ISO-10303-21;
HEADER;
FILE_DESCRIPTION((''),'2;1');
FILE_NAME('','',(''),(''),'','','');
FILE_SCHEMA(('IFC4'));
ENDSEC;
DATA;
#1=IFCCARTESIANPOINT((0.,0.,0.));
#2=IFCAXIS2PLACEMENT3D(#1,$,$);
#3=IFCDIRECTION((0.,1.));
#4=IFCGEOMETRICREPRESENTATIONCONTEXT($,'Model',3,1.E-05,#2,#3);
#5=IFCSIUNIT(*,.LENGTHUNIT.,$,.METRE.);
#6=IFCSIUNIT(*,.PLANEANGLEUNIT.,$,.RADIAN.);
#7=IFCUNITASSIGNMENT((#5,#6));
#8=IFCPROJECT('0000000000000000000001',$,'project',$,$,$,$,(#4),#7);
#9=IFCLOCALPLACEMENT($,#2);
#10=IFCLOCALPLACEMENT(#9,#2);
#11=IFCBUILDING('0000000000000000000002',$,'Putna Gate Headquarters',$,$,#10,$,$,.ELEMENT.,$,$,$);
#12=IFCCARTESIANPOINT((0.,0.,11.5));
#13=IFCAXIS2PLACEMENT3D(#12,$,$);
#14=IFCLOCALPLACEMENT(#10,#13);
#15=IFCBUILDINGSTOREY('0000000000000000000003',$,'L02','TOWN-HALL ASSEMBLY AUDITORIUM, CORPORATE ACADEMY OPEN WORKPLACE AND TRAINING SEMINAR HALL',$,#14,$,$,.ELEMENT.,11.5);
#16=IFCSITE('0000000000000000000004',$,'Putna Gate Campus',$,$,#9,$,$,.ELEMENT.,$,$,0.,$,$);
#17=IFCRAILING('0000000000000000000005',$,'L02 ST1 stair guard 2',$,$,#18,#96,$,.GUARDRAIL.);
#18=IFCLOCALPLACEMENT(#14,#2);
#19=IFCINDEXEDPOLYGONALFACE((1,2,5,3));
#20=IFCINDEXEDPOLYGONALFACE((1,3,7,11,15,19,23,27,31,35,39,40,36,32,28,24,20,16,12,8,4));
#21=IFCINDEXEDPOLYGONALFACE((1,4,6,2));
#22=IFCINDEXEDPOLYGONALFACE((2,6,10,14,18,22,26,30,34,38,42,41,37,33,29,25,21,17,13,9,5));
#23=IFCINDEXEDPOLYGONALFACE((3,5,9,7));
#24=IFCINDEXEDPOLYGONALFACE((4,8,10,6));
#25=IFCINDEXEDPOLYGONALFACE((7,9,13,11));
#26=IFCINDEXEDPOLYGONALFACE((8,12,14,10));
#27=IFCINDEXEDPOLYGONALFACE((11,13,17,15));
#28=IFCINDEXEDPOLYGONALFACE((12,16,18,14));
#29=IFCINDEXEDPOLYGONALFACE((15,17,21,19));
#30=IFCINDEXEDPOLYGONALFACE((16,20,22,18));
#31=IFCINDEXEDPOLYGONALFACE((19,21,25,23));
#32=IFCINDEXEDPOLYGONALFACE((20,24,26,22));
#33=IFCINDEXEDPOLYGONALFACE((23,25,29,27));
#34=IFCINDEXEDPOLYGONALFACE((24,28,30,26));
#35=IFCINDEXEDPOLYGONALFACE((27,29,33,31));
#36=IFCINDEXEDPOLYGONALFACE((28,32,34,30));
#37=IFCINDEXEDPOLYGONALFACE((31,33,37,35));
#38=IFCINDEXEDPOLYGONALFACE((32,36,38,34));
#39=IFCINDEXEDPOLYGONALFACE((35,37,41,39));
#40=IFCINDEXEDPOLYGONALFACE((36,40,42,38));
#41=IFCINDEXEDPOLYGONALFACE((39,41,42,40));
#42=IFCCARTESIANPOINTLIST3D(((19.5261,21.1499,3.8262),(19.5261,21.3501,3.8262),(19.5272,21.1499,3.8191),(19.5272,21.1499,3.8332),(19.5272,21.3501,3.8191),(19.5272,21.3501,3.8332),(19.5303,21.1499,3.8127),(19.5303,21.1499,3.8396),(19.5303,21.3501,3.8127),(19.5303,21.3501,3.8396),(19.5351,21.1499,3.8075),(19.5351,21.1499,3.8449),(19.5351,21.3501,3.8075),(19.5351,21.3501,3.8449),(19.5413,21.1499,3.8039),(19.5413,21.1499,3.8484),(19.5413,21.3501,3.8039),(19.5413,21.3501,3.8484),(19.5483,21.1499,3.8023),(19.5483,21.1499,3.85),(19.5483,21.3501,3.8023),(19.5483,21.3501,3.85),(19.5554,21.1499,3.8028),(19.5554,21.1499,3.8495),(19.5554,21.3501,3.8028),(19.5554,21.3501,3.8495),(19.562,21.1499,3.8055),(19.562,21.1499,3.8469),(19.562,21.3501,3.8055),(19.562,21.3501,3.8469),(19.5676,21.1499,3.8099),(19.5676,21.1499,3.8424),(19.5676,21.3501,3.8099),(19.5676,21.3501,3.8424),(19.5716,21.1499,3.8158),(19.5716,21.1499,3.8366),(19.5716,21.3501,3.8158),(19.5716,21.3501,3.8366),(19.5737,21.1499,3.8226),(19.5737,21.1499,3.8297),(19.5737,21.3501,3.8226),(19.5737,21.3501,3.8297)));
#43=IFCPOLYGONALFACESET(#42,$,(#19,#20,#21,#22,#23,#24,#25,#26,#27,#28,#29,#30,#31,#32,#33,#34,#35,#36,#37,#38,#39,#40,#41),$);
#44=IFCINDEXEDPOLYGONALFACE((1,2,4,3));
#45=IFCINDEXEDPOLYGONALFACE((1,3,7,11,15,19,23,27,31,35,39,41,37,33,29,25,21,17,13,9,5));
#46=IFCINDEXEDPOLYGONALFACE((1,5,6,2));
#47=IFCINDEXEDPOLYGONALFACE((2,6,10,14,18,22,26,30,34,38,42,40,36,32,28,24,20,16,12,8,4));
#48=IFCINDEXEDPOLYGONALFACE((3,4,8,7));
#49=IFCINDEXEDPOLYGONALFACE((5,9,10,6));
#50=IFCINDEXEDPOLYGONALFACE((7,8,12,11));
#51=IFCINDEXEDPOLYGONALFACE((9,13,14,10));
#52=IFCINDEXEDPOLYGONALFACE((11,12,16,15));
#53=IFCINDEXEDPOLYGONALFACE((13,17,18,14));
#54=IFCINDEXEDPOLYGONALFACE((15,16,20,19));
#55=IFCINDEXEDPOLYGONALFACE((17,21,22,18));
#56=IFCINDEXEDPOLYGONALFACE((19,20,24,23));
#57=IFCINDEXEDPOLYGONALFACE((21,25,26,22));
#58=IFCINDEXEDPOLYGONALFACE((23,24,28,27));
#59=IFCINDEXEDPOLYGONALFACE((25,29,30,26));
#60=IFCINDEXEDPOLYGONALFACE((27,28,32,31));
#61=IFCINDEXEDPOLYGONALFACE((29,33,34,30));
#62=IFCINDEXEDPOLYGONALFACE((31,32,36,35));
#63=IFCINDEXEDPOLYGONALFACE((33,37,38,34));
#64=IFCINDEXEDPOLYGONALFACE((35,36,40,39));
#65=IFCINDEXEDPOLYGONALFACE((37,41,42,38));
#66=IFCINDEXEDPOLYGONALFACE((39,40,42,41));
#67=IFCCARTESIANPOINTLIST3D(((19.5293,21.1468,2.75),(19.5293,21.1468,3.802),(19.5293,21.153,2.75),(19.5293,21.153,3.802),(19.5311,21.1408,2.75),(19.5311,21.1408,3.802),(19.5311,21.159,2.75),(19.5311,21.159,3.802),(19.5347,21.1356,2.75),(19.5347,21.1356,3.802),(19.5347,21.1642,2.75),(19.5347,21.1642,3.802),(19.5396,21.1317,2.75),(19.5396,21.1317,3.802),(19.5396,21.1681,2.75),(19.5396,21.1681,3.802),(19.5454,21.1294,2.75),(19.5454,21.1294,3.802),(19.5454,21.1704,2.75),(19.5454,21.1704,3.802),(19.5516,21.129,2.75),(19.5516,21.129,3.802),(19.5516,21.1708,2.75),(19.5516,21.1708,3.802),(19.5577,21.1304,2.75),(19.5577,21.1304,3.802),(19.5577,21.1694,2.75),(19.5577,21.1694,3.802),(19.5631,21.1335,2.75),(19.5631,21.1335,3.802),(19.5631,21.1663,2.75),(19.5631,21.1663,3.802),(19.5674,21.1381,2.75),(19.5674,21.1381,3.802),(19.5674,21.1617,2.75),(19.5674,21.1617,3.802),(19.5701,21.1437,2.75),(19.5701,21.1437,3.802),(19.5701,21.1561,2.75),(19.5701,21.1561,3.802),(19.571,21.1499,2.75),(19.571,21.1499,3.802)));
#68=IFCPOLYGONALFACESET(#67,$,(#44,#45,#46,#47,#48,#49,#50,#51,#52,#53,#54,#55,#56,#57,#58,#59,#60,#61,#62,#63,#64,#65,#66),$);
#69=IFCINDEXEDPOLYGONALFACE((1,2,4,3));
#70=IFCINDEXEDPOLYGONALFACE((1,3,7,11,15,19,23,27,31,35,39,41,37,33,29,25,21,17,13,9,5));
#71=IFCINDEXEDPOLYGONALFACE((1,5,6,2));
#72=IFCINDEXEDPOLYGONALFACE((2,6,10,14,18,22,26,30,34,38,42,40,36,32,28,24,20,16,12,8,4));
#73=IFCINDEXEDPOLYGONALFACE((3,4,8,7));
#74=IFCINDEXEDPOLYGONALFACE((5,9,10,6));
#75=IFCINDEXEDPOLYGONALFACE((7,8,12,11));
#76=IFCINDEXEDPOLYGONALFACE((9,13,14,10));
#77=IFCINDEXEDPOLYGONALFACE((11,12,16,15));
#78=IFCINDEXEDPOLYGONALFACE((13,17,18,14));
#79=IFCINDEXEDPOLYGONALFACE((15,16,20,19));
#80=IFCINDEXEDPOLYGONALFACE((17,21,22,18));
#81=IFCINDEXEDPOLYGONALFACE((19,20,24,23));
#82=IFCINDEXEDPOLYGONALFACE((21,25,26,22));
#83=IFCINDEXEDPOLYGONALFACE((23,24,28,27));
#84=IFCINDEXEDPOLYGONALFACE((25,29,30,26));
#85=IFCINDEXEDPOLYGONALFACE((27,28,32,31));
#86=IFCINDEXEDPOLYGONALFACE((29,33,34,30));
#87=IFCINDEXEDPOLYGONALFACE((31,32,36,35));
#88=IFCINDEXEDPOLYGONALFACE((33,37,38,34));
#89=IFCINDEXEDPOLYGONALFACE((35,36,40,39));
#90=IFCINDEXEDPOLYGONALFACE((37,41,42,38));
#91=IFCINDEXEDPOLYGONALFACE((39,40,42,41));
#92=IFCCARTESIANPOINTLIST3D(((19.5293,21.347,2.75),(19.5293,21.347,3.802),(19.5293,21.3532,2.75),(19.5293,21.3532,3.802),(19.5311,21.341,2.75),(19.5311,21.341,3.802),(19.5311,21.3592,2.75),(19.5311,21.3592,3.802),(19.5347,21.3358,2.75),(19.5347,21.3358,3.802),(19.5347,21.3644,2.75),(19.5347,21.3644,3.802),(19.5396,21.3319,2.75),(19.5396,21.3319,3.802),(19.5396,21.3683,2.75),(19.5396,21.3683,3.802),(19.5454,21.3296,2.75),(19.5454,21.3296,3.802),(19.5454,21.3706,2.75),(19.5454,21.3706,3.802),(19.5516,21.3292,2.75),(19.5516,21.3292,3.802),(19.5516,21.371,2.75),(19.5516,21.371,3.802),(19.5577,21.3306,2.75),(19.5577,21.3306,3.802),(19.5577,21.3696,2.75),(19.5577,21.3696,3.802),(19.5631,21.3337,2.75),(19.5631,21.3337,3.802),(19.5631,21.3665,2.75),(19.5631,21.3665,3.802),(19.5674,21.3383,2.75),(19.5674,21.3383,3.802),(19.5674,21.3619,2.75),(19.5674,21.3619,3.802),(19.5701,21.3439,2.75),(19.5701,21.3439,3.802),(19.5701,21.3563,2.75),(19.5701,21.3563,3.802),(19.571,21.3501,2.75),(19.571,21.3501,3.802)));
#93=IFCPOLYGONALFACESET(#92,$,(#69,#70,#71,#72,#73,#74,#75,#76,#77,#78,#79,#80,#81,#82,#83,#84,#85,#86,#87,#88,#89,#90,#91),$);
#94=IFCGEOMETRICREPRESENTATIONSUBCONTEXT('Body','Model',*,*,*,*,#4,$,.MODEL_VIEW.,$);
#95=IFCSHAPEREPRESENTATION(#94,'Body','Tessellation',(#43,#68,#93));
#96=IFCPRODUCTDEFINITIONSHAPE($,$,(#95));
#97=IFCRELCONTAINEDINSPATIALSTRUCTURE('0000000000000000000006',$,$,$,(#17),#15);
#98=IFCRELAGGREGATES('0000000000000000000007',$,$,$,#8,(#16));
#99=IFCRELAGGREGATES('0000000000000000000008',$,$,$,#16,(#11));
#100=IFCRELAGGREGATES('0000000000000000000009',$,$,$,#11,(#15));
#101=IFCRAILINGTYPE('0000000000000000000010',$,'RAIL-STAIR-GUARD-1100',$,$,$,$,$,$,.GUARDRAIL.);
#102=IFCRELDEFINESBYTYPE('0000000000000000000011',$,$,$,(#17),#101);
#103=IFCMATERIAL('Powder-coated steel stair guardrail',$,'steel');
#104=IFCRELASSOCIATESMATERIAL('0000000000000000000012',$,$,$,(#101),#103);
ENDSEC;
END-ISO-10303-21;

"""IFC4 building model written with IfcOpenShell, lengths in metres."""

from ifc_helpers import new_model, si_unit, direction, frame, origin, origin_2d, place, context, subcontext, project, spatial, circle, extrude, material, type_object, element, save


model = new_model("IFC4")

# Units and contexts
model_context = context("Model", 3, precision=1e-05, world=origin(), true_north=direction((0.0, 1.0)))
body_context = subcontext(model_context, "Body", "Model", "MODEL_VIEW")
ifc_project = project(units=[si_unit("LENGTHUNIT", "METRE"), si_unit("PLANEANGLEUNIT", "RADIAN")], contexts=[model_context])

# Site, building, storey
site_placement = place(None, origin())
site = spatial("IfcSite", under=ifc_project, at=site_placement, Name="Putna Gate Campus", CompositionType="ELEMENT", RefElevation=0.0)
building_placement = place(site_placement, origin())
building = spatial("IfcBuilding", under=site, at=building_placement, Name="Putna Gate Headquarters", CompositionType="ELEMENT")
storey_placement = place(building_placement, frame((0.0, 0.0, 11.5)))
storey = spatial("IfcBuildingStorey", under=building, at=storey_placement, Name="L02", Description="TOWN-HALL ASSEMBLY AUDITORIUM, CORPORATE ACADEMY OPEN WORKPLACE AND TRAINING SEMINAR HALL", CompositionType="ELEMENT", Elevation=11.5)

# Railing
ifc_material_1 = material(Name="Powder-coated steel stair guardrail", Category="steel")
railing_type_1 = type_object("IfcRailingType", Name="RAIL-STAIR-GUARD-1100", PredefinedType="GUARDRAIL", material=ifc_material_1)
railing_1_placement = place(storey_placement, frame((19.55, 21.1499, 2.75)))
element("IfcRailing", 1, at=railing_1_placement, inside=storey, type_object=railing_type_1, Name="L02 ST1 stair guard 2", PredefinedType="GUARDRAIL", context=body_context, shape_type="SweptSolid", body=[
    extrude(circle(Radius=0.0239, at=origin_2d()), frame((0.0, 0.0, 1.0762), z_axis=(0.0, 1.0, 0.0), x_axis=(-1.0, 0.0, 0.0)), (0.0, 0.0, 1.0), 0.2002),
    extrude(circle(Radius=0.021, at=origin_2d()), origin(), (0.0, 0.0, 1.0), 1.052),
    extrude(circle(Radius=0.021, at=origin_2d()), frame((0.0, 0.2002, 0.0)), (0.0, 0.0, 1.0), 1.052),
])

save(model, "model.ifc")
